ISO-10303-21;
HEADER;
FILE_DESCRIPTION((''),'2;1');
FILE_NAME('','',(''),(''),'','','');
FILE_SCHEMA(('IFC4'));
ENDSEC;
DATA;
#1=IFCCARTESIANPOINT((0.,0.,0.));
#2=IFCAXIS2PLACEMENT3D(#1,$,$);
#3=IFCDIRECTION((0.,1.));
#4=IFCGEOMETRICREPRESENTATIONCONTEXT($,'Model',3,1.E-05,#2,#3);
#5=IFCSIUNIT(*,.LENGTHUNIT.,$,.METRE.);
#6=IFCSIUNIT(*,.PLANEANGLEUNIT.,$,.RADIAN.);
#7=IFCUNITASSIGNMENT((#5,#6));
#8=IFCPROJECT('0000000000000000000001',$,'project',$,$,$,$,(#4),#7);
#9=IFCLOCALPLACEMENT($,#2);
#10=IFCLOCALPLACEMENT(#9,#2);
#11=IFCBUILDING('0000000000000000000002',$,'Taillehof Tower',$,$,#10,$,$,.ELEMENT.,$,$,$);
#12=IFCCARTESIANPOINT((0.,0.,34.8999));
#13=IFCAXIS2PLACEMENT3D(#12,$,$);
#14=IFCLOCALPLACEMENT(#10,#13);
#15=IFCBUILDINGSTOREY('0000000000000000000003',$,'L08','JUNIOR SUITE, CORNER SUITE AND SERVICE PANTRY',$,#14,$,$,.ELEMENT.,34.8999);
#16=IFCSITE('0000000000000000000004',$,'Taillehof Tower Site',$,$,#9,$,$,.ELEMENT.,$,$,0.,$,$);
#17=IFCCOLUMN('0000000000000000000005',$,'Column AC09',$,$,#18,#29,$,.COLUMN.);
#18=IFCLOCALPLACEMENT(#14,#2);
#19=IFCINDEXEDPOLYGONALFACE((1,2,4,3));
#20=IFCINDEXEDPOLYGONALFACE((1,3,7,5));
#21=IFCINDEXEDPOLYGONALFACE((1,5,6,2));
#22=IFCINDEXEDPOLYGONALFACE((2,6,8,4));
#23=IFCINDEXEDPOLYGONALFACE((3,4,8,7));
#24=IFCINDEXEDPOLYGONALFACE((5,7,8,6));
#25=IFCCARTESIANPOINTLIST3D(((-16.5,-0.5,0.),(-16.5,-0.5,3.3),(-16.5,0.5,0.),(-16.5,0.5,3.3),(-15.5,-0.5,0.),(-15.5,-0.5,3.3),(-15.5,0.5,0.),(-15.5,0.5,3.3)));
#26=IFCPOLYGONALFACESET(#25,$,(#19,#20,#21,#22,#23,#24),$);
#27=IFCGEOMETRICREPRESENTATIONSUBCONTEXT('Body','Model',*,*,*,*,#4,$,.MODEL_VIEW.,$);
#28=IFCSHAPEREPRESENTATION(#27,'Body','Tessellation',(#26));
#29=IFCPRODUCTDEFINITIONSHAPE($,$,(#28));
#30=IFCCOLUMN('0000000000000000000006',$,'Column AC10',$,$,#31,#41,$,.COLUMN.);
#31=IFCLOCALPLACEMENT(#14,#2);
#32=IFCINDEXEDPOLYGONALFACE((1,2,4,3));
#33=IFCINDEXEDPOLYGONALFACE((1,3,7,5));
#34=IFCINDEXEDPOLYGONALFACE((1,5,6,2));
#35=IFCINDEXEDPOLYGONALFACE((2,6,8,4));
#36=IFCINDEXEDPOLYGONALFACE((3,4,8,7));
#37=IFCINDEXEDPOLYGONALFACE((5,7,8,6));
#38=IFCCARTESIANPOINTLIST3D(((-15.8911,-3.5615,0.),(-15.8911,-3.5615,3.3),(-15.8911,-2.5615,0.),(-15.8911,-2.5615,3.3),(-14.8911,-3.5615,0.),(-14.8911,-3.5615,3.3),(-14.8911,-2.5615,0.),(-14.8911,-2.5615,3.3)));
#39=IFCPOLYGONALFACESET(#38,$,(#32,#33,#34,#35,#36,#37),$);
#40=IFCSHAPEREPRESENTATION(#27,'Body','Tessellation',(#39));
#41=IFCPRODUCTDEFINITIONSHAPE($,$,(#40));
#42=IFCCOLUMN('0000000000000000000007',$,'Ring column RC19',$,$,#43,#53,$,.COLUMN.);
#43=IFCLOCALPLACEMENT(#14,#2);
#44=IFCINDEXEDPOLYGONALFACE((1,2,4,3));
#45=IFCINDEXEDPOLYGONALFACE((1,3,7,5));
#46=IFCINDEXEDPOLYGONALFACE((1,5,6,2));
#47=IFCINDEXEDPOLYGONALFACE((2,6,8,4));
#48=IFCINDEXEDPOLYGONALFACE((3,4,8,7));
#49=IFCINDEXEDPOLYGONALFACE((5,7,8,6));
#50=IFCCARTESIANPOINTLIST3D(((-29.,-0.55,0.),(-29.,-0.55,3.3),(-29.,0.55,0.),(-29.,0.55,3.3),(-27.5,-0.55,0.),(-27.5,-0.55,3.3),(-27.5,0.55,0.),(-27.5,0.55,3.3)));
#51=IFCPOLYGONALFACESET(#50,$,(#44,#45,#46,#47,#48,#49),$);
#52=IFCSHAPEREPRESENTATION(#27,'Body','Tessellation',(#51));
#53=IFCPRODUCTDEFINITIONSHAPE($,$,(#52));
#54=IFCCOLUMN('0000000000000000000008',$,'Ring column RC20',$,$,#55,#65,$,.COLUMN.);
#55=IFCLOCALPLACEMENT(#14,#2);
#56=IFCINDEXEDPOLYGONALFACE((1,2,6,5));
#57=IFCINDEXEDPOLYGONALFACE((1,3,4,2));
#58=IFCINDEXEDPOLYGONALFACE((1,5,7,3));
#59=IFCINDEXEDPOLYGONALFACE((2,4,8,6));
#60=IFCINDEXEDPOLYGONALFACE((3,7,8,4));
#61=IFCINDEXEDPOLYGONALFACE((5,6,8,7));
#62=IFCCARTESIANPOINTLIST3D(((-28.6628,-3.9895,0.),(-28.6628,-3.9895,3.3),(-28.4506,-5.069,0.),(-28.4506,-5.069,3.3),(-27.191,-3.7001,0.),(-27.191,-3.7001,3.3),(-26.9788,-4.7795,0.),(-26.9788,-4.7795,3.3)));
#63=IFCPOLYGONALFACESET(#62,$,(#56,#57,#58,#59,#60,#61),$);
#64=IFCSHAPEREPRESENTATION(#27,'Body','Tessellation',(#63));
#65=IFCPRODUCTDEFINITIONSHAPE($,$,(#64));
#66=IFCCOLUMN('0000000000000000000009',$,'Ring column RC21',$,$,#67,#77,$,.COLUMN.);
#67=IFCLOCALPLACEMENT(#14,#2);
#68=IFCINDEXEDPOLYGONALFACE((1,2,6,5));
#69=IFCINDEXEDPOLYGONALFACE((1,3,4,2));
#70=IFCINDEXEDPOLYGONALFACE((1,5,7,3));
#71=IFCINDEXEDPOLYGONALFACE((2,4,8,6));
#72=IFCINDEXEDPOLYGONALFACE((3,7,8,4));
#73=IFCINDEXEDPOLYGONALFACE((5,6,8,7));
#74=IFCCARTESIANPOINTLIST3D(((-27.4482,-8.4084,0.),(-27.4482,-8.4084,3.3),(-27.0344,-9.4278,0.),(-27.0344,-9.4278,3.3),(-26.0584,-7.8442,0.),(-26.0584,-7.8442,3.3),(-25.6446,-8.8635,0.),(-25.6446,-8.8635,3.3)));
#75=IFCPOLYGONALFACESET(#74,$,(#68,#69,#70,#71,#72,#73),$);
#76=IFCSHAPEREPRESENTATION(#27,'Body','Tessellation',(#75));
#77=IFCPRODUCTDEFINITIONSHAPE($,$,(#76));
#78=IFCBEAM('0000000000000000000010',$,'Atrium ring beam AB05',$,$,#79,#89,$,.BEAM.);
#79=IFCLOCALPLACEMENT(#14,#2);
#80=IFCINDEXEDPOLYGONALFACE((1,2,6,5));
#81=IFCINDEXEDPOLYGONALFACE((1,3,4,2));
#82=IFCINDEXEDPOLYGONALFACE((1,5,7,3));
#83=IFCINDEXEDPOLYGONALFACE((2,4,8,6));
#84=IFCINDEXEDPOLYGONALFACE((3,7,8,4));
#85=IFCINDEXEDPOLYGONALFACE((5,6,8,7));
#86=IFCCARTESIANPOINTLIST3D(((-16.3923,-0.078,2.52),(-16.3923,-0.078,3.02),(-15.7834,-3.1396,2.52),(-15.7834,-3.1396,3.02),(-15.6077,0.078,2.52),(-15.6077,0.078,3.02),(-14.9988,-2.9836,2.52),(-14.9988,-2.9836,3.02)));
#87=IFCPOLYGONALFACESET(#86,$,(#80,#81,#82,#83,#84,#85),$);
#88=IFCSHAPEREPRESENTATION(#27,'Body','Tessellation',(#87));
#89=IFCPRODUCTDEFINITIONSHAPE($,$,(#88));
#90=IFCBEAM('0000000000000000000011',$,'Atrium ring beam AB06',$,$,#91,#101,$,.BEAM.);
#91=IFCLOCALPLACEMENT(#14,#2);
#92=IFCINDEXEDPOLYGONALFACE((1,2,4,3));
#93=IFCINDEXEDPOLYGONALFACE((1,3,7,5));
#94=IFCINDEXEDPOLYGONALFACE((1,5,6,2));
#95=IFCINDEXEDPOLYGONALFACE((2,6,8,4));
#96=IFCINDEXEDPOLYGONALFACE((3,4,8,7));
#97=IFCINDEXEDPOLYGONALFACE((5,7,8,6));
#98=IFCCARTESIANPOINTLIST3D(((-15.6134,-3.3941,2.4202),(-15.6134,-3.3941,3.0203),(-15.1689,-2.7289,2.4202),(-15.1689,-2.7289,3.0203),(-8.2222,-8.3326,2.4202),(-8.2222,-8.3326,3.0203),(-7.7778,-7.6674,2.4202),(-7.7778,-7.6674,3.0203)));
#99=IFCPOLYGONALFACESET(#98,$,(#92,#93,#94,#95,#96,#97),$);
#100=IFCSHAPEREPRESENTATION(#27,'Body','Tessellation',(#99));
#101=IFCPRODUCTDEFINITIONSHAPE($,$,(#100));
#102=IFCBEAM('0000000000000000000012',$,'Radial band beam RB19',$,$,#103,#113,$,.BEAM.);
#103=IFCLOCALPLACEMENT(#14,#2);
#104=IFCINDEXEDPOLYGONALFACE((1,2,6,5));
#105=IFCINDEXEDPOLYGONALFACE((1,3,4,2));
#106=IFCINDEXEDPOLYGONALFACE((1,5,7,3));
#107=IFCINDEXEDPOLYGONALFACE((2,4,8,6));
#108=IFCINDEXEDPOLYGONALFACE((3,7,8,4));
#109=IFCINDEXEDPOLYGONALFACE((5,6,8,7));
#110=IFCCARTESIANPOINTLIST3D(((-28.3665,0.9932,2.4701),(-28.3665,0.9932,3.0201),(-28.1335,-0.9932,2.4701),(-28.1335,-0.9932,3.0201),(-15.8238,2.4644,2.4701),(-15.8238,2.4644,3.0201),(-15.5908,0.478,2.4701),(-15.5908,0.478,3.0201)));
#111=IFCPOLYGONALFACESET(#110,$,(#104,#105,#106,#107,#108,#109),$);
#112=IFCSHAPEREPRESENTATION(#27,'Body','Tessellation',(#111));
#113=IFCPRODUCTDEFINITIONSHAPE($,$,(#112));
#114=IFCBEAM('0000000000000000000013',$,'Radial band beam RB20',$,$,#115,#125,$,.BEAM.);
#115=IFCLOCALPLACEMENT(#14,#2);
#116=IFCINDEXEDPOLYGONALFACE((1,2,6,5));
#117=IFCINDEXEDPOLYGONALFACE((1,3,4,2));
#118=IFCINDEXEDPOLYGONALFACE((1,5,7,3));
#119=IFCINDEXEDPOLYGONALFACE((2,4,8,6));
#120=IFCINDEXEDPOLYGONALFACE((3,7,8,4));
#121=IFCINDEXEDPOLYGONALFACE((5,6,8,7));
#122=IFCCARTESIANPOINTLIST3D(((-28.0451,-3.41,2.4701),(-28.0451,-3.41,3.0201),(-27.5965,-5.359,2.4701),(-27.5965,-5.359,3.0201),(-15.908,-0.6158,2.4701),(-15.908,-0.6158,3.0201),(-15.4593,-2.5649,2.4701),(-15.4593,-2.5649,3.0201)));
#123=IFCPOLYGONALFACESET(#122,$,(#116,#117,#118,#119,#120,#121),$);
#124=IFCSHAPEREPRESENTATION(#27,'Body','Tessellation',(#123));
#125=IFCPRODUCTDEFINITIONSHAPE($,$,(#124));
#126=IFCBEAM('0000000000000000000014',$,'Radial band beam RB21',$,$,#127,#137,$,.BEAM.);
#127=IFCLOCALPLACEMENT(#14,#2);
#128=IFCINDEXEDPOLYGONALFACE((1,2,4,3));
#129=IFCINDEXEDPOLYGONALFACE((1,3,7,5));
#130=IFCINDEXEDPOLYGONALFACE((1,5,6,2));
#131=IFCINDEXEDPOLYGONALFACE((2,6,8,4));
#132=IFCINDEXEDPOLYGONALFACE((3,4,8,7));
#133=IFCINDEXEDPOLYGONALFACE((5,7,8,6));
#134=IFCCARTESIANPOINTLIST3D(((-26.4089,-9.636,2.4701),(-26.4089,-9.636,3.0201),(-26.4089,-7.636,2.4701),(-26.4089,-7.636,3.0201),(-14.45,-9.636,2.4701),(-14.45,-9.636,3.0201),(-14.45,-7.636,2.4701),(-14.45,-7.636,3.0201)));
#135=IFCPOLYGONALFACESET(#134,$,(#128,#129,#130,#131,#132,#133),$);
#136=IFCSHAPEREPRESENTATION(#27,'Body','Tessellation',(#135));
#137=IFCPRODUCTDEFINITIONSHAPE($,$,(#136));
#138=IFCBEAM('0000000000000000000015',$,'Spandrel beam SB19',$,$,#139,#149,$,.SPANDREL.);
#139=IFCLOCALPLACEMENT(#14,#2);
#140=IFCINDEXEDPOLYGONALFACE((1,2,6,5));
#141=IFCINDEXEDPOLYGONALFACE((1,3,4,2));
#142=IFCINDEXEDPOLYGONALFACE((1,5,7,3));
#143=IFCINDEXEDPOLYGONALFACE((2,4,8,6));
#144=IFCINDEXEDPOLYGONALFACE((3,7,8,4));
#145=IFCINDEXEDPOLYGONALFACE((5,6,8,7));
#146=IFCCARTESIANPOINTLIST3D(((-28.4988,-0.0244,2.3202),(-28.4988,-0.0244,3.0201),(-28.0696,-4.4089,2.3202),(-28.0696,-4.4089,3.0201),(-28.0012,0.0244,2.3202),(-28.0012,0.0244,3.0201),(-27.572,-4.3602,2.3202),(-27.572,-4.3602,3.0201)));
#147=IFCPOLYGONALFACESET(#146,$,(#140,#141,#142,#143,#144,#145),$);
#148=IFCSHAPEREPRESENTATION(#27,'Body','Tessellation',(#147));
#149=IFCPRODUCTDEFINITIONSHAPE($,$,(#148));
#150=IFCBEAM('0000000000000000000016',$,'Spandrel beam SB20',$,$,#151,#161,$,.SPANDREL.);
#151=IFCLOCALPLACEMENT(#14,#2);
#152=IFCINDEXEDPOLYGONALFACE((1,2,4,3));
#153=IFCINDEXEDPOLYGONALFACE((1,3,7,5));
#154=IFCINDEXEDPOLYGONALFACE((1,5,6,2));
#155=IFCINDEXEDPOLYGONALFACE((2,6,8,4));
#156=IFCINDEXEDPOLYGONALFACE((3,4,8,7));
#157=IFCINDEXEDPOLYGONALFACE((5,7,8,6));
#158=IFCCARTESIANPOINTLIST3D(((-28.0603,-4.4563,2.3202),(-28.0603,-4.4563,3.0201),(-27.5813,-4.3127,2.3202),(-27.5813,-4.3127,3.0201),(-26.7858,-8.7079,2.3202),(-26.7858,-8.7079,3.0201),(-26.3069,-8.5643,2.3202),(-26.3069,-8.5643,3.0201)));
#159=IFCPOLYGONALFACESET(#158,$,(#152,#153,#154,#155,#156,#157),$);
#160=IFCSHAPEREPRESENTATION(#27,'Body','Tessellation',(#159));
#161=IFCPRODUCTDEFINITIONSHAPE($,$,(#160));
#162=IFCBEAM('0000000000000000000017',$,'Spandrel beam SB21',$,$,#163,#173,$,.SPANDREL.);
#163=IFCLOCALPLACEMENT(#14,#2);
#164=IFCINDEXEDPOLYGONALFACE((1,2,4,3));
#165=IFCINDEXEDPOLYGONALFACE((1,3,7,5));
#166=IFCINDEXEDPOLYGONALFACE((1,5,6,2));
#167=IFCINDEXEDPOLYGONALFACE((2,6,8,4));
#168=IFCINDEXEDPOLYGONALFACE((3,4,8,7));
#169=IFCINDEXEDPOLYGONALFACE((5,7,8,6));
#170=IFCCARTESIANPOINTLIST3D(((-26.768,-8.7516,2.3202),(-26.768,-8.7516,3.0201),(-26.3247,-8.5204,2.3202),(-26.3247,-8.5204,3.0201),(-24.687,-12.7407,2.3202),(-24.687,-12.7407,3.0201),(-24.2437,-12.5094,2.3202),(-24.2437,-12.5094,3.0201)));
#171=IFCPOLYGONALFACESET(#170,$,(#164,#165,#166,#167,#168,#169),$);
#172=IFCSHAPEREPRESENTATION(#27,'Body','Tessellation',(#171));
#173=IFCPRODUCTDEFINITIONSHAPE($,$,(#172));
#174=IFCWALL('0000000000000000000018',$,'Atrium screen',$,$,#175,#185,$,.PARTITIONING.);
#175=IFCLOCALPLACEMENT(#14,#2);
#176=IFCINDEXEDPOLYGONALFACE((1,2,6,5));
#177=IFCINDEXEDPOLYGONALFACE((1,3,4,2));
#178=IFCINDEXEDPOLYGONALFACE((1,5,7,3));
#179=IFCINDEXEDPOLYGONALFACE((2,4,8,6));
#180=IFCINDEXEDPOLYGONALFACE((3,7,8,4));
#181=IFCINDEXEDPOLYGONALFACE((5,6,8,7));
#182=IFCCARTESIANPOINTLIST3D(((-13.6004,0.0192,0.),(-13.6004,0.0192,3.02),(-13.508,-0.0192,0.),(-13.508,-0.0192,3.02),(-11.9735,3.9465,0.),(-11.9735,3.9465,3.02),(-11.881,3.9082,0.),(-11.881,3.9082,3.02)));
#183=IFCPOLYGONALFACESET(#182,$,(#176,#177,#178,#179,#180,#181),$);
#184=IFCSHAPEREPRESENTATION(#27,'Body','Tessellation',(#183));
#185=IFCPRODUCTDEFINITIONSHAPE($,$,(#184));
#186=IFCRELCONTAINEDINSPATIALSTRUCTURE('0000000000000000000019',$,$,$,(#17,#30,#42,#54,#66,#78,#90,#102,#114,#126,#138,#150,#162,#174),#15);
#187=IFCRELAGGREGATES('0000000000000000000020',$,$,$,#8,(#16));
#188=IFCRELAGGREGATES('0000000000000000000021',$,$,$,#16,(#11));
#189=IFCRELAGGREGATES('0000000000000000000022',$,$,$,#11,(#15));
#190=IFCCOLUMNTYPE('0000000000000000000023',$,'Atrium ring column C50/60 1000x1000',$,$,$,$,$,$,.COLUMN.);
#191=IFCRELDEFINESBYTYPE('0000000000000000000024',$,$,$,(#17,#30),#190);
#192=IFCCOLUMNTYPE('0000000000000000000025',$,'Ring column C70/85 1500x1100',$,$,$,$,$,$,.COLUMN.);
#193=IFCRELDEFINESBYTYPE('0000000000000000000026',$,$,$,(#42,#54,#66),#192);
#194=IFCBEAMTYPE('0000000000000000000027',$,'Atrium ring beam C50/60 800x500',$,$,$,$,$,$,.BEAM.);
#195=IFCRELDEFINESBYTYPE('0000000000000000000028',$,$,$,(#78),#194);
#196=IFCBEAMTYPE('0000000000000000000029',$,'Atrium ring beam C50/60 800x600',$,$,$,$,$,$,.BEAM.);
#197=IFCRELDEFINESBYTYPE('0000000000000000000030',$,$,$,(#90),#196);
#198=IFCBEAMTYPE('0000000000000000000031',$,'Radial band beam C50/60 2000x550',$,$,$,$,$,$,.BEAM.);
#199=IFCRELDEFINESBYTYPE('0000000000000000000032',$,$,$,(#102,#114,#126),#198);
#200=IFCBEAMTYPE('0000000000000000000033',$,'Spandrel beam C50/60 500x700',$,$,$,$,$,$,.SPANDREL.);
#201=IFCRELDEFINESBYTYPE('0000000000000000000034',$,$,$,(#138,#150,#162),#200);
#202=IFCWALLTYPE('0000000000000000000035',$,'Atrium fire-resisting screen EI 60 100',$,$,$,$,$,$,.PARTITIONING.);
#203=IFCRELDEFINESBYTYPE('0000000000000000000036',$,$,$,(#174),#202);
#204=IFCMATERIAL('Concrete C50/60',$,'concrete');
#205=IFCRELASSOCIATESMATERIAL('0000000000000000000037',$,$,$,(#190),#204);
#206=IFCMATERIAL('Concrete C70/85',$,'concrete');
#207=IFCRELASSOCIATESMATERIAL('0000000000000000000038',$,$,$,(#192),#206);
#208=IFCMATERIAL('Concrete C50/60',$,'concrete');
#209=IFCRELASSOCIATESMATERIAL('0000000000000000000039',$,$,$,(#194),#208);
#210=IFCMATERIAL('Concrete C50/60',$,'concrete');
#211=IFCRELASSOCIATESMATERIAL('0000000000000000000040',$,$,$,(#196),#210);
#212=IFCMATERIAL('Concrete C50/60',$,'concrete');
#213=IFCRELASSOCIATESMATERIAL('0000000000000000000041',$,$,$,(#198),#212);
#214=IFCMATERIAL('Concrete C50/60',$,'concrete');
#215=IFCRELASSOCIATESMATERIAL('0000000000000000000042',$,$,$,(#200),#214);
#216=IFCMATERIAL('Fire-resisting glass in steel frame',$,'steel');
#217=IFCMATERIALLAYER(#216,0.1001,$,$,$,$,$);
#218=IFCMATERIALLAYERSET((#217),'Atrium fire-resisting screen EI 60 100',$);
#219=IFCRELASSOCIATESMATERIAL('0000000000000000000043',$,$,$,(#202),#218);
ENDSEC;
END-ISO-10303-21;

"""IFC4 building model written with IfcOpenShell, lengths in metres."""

from ifc_helpers import new_model, si_unit, direction, frame, frame_2d, origin, origin_2d, place, context, subcontext, project, spatial, rectangle, extrude, material, layer, layer_set, material_profile, profile_set, type_object, element, save


model = new_model("IFC4")

# Units and contexts
model_context = context("Model", 3, precision=1e-05, world=origin(), true_north=direction((0.0, 1.0)))
body_context = subcontext(model_context, "Body", "Model", "MODEL_VIEW")
ifc_project = project(units=[si_unit("LENGTHUNIT", "METRE"), si_unit("PLANEANGLEUNIT", "RADIAN")], contexts=[model_context])

# Site, building, storey
site_placement = place(None, origin())
site = spatial("IfcSite", under=ifc_project, at=site_placement, Name="Taillehof Tower Site", CompositionType="ELEMENT", RefElevation=0.0)
building_placement = place(site_placement, origin())
building = spatial("IfcBuilding", under=site, at=building_placement, Name="Taillehof Tower", CompositionType="ELEMENT")
storey_placement = place(building_placement, frame((0.0, 0.0, 34.8999)))
storey = spatial("IfcBuildingStorey", under=building, at=storey_placement, Name="L08", Description="JUNIOR SUITE, CORNER SUITE AND SERVICE PANTRY", CompositionType="ELEMENT", Elevation=34.8999)

# Columns
ifc_material_1 = material(Name="Concrete C50/60", Category="concrete")
ifc_material_profile_1 = material_profile(ifc_material_1, rectangle(XDim=1.0, YDim=1.0, at=origin_2d()), Name="RC 1000x1000")
ifc_profile_set_1 = profile_set([ifc_material_profile_1], Name="Concrete C50/60")
column_type_1 = type_object("IfcColumnType", Name="Atrium ring column C50/60 1000x1000", PredefinedType="COLUMN", material=ifc_profile_set_1)
for number, where, z_axis, x_axis, name in (
    (1, (-16.0, 0.0, 0.0), (0.0, 0.0, 1.0), (1.0, 0.0, 0.0), "Column AC09"),
    (2, (-15.3911, -3.0615, 0.0), (0.0, 0.0, 1.0), (1.0, 0.0, 0.0), "Column AC10"),
):
    element("IfcColumn", number, at=place(storey_placement, frame(where, z_axis=z_axis, x_axis=x_axis)), inside=storey, type_object=column_type_1, Name=name, PredefinedType="COLUMN", context=body_context, shape_type="SweptSolid", body=[
        extrude(rectangle(XDim=1.0, YDim=1.0, at=origin_2d()), origin(), (0.0, 0.0, 1.0), 3.3),
    ])
ifc_material_2 = material(Name="Concrete C70/85", Category="concrete")
ifc_material_profile_2 = material_profile(ifc_material_2, rectangle(XDim=1.5, YDim=1.1001, at=origin_2d()), Name="RC 1500x1100")
ifc_profile_set_2 = profile_set([ifc_material_profile_2], Name="Concrete C70/85")
column_type_2 = type_object("IfcColumnType", Name="Ring column C70/85 1500x1100", PredefinedType="COLUMN", material=ifc_profile_set_2)
for number, where, z_axis, x_axis, name in (
    (3, (-28.25, 0.0, 0.0), (0.0, 0.0, 1.0), (-1.0, 0.0, 0.0), "Ring column RC19"),
    (4, (-27.8208, -4.3845, 0.0), (0.0, 0.0, 1.0), (-0.981204, -0.192976, 0.0), "Ring column RC20"),
    (5, (-26.5464, -8.636, 0.0), (0.0, 0.0, 1.0), (-0.926558, -0.376152, 0.0), "Ring column RC21"),
):
    element("IfcColumn", number, at=place(storey_placement, frame(where, z_axis=z_axis, x_axis=x_axis)), inside=storey, type_object=column_type_2, Name=name, PredefinedType="COLUMN", context=body_context, shape_type="SweptSolid", body=[
        extrude(rectangle(XDim=1.5, YDim=1.1001, at=origin_2d()), origin(), (0.0, 0.0, 1.0), 3.3),
    ])

# Beams
ifc_material_3 = material(Name="Concrete C50/60", Category="concrete")
ifc_material_profile_3 = material_profile(ifc_material_3, rectangle(XDim=0.8, YDim=0.5, at=origin_2d()), Name="RC 800x500")
ifc_profile_set_3 = profile_set([ifc_material_profile_3], Name="Concrete C50/60")
beam_type_1 = type_object("IfcBeamType", Name="Atrium ring beam C50/60 800x500", PredefinedType="BEAM", material=ifc_profile_set_3)
beam_1_placement = place(storey_placement, frame((-16.0, 0.0, 2.77), z_axis=(0.195063, -0.980791, 0.0), x_axis=(0.980791, 0.195063, 0.0)))
element("IfcBeam", 6, at=beam_1_placement, inside=storey, type_object=beam_type_1, Name="Atrium ring beam AB05", PredefinedType="BEAM", context=body_context, shape_type="SweptSolid", body=[
    extrude(rectangle(XDim=0.8, YDim=0.5, at=origin_2d()), origin(), (0.0, 0.0, 1.0), 3.1216),
])
ifc_material_4 = material(Name="Concrete C50/60", Category="concrete")
ifc_material_profile_4 = material_profile(ifc_material_4, rectangle(XDim=0.8, YDim=0.6001, at=origin_2d()), Name="RC 800x600")
ifc_profile_set_4 = profile_set([ifc_material_profile_4], Name="Concrete C50/60")
beam_type_2 = type_object("IfcBeamType", Name="Atrium ring beam C50/60 800x600", PredefinedType="BEAM", material=ifc_profile_set_4)
beam_2_placement = place(storey_placement, frame((-15.3911, -3.0615, 2.7202), z_axis=(0.831475, -0.555562, 0.0), x_axis=(0.555562, 0.831475, 0.0)))
element("IfcBeam", 7, at=beam_2_placement, inside=storey, type_object=beam_type_2, Name="Atrium ring beam AB06", PredefinedType="BEAM", context=body_context, shape_type="SweptSolid", body=[
    extrude(rectangle(XDim=0.8, YDim=0.6001, at=origin_2d()), origin(), (0.0, 0.0, 1.0), 8.8892),
])
ifc_material_5 = material(Name="Concrete C50/60", Category="concrete")
ifc_material_profile_5 = material_profile(ifc_material_5, rectangle(XDim=2.0, YDim=0.55, at=origin_2d()), Name="RC 2000x550")
ifc_profile_set_5 = profile_set([ifc_material_profile_5], Name="Concrete C50/60")
beam_type_3 = type_object("IfcBeamType", Name="Radial band beam C50/60 2000x550", PredefinedType="BEAM", material=ifc_profile_set_5)
beam_3_placement = place(storey_placement, frame((-28.25, 0.0, 2.7451), z_axis=(0.993191, 0.116496, 0.0), x_axis=(-0.116496, 0.993191, 0.0)))
element("IfcBeam", 8, at=beam_3_placement, inside=storey, type_object=beam_type_3, Name="Radial band beam RB19", PredefinedType="BEAM", context=body_context, shape_type="SweptSolid", body=[
    extrude(rectangle(XDim=2.0, YDim=0.55, at=origin_2d()), origin(), (0.0, 0.0, 1.0), 12.6287),
])
beam_4_placement = place(storey_placement, frame((-27.8208, -4.3845, 2.7451), z_axis=(0.974509, 0.224348, 0.0), x_axis=(-0.224348, 0.974509, 0.0)))
element("IfcBeam", 9, at=beam_4_placement, inside=storey, type_object=beam_type_3, Name="Radial band beam RB20", PredefinedType="BEAM", context=body_context, shape_type="SweptSolid", body=[
    extrude(rectangle(XDim=2.0, YDim=0.55, at=origin_2d()), origin(), (0.0, 0.0, 1.0), 12.4546),
])
beam_5_placement = place(storey_placement, frame((-26.4089, -8.636, 2.7451), z_axis=(1.0, 0.0, 0.0), x_axis=(0.0, 1.0, 0.0)))
element("IfcBeam", 10, at=beam_5_placement, inside=storey, type_object=beam_type_3, Name="Radial band beam RB21", PredefinedType="BEAM", context=body_context, shape_type="SweptSolid", body=[
    extrude(rectangle(XDim=2.0, YDim=0.55, at=origin_2d()), origin(), (0.0, 0.0, 1.0), 11.959),
])
ifc_material_6 = material(Name="Concrete C50/60", Category="concrete")
ifc_material_profile_6 = material_profile(ifc_material_6, rectangle(XDim=0.5, YDim=0.7, at=origin_2d()), Name="RC 500x700")
ifc_profile_set_6 = profile_set([ifc_material_profile_6], Name="Concrete C50/60")
beam_type_4 = type_object("IfcBeamType", Name="Spandrel beam C50/60 500x700", PredefinedType="SPANDREL", material=ifc_profile_set_6)
beam_6_placement = place(storey_placement, frame((-28.25, 0.0, 2.6702), z_axis=(0.097424, -0.995243, 0.0), x_axis=(0.995243, 0.097424, 0.0)))
element("IfcBeam", 11, at=beam_6_placement, inside=storey, type_object=beam_type_4, Name="Spandrel beam SB19", PredefinedType="SPANDREL", context=body_context, shape_type="SweptSolid", body=[
    extrude(rectangle(XDim=0.5, YDim=0.7, at=origin_2d()), origin(), (0.0, 0.0, 1.0), 4.4055),
])
beam_7_placement = place(storey_placement, frame((-27.8208, -4.3845, 2.6702), z_axis=(0.287136, -0.95789, 0.0), x_axis=(0.95789, 0.287136, 0.0)))
element("IfcBeam", 12, at=beam_7_placement, inside=storey, type_object=beam_type_4, Name="Spandrel beam SB20", PredefinedType="SPANDREL", context=body_context, shape_type="SweptSolid", body=[
    extrude(rectangle(XDim=0.5, YDim=0.7, at=origin_2d()), origin(), (0.0, 0.0, 1.0), 4.4385),
])
beam_8_placement = place(storey_placement, frame((-26.5464, -8.636, 2.6702), z_axis=(0.462536, -0.8866, 0.0), x_axis=(0.8866, 0.462536, 0.0)))
element("IfcBeam", 13, at=beam_8_placement, inside=storey, type_object=beam_type_4, Name="Spandrel beam SB21", PredefinedType="SPANDREL", context=body_context, shape_type="SweptSolid", body=[
    extrude(rectangle(XDim=0.5, YDim=0.7, at=origin_2d()), origin(), (0.0, 0.0, 1.0), 4.4993),
])

# Wall
ifc_material_7 = material(Name="Fire-resisting glass in steel frame", Category="steel")
ifc_layer_1 = layer(ifc_material_7, 0.1001)
ifc_layer_set_1 = layer_set([ifc_layer_1], Name="Atrium fire-resisting screen EI 60 100")
wall_type_1 = type_object("IfcWallType", Name="Atrium fire-resisting screen EI 60 100", PredefinedType="PARTITIONING", material=ifc_layer_set_1)
wall_1_placement = place(storey_placement, frame((-13.5542, 0.0, 0.0), z_axis=(0.0, 0.0, 1.0), x_axis=(0.382731, 0.92386, 0.0)))
element("IfcWall", 14, at=wall_1_placement, inside=storey, type_object=wall_type_1, Name="Atrium screen", PredefinedType="PARTITIONING", context=body_context, shape_type="SweptSolid", body=[
    extrude(rectangle(XDim=4.251, YDim=0.1001, at=frame_2d((2.1255, 0.0))), origin(), (0.0, 0.0, 1.0), 3.02),
])

save(model, "model.ifc")
